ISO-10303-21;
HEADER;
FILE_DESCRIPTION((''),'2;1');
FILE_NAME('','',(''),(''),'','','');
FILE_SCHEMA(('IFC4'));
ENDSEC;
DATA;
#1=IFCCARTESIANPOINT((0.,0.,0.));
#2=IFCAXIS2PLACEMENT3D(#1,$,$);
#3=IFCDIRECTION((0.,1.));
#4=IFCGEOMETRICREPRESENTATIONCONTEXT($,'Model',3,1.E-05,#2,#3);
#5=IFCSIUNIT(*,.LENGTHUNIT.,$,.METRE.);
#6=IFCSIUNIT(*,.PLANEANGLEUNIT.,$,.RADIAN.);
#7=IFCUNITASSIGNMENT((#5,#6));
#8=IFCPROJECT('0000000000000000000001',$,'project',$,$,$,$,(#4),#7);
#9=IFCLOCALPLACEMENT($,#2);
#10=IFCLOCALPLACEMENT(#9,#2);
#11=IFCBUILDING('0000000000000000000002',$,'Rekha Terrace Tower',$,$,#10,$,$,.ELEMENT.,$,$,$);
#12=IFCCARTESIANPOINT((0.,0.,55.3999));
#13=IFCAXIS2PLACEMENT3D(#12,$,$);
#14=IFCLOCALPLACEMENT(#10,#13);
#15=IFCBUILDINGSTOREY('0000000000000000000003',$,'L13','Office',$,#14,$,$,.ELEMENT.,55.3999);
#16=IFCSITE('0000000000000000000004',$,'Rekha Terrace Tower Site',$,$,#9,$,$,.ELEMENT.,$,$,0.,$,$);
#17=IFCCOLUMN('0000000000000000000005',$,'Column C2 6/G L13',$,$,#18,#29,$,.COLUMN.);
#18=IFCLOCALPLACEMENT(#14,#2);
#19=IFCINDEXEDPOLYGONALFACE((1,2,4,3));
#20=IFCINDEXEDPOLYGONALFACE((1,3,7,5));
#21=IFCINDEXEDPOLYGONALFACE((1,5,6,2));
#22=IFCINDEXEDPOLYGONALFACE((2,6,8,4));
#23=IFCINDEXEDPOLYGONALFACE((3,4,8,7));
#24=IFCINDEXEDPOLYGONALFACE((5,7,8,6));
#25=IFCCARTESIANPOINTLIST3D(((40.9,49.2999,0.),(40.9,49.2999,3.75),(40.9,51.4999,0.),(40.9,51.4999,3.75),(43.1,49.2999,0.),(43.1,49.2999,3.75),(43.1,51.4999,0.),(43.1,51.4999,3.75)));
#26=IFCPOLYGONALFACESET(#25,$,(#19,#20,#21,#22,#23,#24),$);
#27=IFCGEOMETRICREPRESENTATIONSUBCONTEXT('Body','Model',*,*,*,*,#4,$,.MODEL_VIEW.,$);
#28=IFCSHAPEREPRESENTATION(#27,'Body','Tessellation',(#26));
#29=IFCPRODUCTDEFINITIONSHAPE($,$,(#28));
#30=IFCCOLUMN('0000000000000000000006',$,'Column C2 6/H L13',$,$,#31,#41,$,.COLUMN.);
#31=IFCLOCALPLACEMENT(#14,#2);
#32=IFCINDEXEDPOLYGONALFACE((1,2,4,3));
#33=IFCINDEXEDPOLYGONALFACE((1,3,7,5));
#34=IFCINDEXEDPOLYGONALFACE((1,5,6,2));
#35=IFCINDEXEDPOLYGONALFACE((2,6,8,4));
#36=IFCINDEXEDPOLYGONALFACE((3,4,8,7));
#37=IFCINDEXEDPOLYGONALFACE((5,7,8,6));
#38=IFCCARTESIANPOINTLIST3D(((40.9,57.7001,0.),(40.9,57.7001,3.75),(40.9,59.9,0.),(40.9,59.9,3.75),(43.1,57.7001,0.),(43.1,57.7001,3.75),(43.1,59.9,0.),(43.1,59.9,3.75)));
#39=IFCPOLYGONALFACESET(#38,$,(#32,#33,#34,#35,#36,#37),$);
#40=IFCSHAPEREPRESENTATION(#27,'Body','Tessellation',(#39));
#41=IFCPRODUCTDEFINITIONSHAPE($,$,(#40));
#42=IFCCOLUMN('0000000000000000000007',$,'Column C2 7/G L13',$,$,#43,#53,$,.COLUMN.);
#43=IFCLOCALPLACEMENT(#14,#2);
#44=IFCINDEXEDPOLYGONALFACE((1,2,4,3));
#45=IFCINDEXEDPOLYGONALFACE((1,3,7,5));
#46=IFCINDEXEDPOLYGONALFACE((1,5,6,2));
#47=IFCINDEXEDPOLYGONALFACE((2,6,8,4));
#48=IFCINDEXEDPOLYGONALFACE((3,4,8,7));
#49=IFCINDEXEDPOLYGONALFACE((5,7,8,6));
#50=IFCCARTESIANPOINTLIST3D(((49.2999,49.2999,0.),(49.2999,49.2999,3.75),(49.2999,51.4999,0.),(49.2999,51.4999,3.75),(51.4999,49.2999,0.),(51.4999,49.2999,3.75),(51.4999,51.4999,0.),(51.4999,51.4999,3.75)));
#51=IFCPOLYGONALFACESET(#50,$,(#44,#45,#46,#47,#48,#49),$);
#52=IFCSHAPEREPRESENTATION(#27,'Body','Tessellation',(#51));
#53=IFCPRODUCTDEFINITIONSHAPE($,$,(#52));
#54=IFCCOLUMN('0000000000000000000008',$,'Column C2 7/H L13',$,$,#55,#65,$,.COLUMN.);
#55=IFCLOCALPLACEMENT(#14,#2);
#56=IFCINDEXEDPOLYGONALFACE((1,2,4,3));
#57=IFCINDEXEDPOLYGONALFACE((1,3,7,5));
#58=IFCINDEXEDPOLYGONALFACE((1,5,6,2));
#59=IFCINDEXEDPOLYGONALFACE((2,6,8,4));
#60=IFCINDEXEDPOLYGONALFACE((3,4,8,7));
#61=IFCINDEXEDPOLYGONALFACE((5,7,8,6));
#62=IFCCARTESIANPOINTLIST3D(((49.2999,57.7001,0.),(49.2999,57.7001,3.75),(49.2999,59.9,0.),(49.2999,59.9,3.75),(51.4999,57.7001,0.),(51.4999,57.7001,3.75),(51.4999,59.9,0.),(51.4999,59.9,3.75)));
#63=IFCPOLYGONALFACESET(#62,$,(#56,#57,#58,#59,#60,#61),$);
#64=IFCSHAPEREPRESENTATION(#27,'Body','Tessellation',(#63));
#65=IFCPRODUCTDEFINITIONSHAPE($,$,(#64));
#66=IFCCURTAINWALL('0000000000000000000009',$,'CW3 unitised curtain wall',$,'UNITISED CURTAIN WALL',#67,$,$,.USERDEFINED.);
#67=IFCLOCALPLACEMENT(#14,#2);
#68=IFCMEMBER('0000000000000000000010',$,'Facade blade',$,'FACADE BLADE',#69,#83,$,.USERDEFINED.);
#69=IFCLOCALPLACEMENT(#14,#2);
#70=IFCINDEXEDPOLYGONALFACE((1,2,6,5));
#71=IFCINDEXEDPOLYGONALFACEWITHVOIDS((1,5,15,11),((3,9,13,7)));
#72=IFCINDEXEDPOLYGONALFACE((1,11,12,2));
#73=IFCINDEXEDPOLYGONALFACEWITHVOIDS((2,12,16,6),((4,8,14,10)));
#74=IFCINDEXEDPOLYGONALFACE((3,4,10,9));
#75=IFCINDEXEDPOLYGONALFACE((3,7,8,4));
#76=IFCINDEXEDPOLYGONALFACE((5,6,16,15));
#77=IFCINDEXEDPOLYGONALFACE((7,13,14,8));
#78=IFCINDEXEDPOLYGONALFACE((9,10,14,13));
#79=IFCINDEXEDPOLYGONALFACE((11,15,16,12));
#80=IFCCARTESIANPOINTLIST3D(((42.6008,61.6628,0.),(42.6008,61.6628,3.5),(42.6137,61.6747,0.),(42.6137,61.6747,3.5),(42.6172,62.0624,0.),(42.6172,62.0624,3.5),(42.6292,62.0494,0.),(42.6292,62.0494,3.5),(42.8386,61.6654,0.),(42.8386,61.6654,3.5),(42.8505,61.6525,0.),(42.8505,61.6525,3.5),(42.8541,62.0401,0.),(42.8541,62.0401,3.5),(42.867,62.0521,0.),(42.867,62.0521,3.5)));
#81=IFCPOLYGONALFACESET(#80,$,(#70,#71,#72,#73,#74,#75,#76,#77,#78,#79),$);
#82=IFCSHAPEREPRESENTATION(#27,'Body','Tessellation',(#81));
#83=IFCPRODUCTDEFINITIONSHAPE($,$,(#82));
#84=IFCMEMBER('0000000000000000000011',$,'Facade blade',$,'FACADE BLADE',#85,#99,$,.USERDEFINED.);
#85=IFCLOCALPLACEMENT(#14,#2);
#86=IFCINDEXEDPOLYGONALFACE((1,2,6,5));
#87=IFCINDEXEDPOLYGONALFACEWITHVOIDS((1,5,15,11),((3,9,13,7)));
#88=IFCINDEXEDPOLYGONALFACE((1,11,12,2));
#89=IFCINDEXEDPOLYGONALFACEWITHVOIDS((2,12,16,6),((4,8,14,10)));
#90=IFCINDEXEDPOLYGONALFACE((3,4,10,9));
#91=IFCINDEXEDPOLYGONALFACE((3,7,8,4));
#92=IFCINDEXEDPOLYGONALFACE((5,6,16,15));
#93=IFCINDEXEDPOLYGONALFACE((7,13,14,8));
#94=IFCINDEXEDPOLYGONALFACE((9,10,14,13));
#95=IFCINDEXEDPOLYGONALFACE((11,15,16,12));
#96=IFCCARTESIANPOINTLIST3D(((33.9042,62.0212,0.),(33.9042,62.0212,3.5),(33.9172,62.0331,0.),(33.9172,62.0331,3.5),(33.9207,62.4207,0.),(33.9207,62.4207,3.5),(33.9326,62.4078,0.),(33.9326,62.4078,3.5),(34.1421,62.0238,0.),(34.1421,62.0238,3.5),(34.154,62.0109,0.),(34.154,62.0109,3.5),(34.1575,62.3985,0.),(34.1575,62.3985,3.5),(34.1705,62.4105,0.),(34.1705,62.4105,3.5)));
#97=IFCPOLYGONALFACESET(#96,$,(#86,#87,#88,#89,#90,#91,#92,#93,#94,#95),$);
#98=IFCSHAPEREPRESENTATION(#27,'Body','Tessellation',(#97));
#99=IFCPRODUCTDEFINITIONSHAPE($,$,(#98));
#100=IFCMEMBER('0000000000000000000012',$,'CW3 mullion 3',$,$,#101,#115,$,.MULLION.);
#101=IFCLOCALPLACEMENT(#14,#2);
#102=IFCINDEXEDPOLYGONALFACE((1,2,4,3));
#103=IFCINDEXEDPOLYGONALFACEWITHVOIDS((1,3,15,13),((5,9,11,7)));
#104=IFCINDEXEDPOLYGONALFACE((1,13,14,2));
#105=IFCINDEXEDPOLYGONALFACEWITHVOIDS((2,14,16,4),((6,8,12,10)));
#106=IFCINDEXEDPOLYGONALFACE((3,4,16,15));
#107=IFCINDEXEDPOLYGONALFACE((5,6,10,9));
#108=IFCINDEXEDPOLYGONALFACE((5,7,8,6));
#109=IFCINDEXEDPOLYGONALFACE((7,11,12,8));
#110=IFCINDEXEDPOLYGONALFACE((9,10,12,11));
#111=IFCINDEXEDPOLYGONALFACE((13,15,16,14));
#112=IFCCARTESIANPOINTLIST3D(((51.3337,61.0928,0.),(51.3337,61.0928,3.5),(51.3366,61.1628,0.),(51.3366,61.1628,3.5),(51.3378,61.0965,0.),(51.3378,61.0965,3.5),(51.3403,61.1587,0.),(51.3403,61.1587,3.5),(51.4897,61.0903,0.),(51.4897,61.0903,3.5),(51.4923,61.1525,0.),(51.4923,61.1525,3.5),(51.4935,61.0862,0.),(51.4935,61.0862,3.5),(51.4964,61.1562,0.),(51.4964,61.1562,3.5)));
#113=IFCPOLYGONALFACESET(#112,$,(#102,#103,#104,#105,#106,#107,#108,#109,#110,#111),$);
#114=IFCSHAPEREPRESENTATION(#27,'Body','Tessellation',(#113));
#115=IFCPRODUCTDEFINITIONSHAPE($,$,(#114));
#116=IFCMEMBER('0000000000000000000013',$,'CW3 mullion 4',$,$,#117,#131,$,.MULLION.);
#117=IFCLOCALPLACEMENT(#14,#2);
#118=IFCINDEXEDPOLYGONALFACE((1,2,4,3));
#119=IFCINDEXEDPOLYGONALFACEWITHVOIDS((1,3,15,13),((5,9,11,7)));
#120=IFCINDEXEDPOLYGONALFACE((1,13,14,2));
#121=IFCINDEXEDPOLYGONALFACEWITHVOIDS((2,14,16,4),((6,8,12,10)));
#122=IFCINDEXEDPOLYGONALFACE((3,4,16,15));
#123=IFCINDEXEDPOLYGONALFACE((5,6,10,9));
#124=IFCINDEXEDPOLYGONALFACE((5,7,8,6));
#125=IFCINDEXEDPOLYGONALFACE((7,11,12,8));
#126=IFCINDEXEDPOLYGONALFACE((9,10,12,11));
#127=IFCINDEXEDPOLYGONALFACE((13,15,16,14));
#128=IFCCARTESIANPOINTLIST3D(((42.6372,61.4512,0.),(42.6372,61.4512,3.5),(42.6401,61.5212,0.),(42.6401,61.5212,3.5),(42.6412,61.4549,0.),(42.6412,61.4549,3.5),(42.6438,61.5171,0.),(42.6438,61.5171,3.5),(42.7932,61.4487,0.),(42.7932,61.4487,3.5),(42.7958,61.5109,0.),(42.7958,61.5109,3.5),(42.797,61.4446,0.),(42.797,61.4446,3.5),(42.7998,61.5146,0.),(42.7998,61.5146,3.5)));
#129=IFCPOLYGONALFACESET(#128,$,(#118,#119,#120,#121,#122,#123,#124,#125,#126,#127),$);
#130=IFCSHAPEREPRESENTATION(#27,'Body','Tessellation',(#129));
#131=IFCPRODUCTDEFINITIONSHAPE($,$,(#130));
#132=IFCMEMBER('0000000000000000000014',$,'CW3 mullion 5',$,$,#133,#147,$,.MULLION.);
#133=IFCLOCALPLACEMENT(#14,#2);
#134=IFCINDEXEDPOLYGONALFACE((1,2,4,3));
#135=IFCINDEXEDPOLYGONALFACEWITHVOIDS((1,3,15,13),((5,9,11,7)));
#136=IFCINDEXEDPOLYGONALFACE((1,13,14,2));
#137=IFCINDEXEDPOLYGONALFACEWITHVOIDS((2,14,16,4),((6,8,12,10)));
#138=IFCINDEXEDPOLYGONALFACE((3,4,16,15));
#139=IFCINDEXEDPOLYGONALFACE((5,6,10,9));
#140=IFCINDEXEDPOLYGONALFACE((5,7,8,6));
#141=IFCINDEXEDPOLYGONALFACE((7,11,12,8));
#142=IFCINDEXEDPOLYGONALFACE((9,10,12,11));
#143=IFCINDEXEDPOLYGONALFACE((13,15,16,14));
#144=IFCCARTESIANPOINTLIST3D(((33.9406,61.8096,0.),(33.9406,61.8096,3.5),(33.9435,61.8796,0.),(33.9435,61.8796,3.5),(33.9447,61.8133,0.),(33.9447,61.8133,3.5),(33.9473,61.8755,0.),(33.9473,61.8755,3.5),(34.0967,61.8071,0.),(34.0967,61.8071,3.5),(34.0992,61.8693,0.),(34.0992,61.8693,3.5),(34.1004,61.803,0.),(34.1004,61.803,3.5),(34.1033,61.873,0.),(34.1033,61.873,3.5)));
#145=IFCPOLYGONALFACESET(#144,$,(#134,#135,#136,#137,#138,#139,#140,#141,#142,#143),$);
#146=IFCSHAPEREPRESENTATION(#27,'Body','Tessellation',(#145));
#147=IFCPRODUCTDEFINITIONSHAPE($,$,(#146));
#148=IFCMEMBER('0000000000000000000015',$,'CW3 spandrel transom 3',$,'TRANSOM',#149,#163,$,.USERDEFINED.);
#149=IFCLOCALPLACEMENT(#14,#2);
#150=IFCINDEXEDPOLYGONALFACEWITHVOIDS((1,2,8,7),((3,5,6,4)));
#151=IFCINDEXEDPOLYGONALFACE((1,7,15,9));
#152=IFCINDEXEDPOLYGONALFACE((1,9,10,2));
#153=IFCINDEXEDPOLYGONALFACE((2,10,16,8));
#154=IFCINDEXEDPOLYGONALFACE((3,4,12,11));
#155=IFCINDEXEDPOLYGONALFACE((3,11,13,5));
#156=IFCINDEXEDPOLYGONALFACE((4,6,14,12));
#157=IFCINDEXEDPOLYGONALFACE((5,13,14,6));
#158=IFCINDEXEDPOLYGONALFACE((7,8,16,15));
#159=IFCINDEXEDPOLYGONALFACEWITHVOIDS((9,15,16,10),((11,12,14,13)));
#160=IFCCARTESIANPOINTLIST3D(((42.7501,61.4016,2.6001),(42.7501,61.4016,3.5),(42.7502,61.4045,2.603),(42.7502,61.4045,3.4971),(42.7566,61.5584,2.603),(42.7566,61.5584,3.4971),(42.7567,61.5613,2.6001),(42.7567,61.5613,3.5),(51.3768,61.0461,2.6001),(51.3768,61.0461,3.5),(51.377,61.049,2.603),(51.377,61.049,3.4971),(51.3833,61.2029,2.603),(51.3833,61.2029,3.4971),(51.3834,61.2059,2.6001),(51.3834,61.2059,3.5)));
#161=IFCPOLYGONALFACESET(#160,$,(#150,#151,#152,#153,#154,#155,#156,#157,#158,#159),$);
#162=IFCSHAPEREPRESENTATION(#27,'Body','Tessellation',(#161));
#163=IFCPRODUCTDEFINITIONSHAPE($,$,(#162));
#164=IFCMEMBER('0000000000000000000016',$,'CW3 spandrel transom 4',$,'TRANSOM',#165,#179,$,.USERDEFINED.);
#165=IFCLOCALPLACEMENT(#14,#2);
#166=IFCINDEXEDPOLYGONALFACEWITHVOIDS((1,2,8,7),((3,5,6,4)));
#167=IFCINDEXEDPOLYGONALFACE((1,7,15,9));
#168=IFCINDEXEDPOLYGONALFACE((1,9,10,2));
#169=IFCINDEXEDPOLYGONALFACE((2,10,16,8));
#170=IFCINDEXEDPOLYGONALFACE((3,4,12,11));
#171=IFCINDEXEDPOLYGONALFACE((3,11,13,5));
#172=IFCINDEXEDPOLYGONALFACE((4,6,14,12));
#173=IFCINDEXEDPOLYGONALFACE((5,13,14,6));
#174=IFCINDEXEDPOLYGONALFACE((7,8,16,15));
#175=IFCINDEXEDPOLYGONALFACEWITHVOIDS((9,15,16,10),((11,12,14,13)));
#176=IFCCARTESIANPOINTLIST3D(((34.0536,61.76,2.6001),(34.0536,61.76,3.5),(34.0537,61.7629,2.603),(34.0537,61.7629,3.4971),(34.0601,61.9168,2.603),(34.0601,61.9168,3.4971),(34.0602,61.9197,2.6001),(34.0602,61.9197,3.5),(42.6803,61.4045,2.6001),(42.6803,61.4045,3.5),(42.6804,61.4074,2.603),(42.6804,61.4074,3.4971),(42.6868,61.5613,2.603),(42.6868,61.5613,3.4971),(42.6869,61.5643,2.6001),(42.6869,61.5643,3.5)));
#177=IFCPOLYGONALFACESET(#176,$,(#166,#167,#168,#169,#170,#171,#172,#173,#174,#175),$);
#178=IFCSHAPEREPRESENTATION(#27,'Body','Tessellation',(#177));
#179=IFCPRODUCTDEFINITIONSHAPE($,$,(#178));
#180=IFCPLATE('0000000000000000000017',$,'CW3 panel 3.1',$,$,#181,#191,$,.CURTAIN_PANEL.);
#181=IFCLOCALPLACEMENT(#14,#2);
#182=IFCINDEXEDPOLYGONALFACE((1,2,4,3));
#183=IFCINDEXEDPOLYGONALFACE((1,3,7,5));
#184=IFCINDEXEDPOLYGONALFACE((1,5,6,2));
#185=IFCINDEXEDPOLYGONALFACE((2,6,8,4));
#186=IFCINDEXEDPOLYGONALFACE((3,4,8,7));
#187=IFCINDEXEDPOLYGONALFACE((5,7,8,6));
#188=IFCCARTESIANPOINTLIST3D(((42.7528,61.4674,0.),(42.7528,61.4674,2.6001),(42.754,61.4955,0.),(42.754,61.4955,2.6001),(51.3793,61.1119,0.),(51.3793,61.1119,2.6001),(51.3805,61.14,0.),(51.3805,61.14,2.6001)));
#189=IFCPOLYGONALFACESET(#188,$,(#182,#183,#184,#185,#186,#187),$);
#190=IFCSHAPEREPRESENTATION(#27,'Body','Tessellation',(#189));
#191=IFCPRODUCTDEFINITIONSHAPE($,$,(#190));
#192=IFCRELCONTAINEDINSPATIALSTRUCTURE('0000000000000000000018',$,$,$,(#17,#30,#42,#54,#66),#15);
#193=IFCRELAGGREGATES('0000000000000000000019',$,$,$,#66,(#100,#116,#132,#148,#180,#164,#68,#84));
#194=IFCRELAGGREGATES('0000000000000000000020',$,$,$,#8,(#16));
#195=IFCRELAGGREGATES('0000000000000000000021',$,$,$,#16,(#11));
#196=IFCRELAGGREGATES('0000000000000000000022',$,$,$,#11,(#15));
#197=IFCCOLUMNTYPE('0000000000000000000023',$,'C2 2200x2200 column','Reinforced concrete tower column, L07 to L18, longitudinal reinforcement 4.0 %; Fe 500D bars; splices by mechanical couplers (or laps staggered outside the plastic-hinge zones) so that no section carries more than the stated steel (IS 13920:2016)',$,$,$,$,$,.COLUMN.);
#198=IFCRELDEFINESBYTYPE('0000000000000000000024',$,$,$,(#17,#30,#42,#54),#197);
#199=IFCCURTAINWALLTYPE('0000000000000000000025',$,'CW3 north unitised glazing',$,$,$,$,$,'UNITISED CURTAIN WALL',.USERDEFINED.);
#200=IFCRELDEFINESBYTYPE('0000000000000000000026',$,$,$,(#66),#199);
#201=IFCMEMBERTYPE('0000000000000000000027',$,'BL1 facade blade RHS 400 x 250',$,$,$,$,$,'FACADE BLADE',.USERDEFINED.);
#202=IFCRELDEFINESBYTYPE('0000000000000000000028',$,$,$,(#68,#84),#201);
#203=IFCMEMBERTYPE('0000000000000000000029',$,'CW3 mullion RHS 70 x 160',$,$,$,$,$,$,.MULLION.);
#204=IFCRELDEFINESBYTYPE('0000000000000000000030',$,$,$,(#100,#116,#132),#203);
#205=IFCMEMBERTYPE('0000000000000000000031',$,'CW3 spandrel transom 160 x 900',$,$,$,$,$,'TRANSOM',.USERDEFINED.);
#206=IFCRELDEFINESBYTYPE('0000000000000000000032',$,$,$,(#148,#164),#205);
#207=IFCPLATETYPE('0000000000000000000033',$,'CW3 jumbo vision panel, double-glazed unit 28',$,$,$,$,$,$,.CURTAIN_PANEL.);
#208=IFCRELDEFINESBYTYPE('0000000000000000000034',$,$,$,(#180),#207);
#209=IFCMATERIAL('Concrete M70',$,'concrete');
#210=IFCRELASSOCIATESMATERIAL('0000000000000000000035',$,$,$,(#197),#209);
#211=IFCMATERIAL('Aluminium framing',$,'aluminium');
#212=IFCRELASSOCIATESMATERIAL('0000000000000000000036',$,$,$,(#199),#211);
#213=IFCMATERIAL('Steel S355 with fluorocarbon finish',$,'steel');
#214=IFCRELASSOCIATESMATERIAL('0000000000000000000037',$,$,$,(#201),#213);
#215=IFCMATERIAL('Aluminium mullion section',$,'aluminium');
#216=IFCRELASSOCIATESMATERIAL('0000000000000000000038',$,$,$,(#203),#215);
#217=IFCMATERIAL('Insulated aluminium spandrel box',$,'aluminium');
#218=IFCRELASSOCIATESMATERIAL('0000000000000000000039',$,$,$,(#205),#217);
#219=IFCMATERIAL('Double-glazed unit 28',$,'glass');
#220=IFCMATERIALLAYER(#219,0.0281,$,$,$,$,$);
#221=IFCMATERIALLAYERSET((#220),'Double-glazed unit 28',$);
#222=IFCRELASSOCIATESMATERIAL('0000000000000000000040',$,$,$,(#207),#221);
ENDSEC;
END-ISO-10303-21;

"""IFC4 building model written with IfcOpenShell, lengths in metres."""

from ifc_helpers import new_model, si_unit, direction, frame, origin, origin_2d, place, context, subcontext, project, spatial, rectangle, hollow_rectangle, extrude, material, layer, layer_set, material_profile, profile_set, type_object, element, aggregate, save


model = new_model("IFC4")

# Units and contexts
model_context = context("Model", 3, precision=1e-05, world=origin(), true_north=direction((0.0, 1.0)))
body_context = subcontext(model_context, "Body", "Model", "MODEL_VIEW")
ifc_project = project(units=[si_unit("LENGTHUNIT", "METRE"), si_unit("PLANEANGLEUNIT", "RADIAN")], contexts=[model_context])

# Site, building, storey
site_placement = place(None, origin())
site = spatial("IfcSite", under=ifc_project, at=site_placement, Name="Rekha Terrace Tower Site", CompositionType="ELEMENT", RefElevation=0.0)
building_placement = place(site_placement, origin())
building = spatial("IfcBuilding", under=site, at=building_placement, Name="Rekha Terrace Tower", CompositionType="ELEMENT")
storey_placement = place(building_placement, frame((0.0, 0.0, 55.3999)))
storey = spatial("IfcBuildingStorey", under=building, at=storey_placement, Name="L13", Description="Office", CompositionType="ELEMENT", Elevation=55.3999)

# Columns
ifc_material_1 = material(Name="Concrete M70", Category="concrete")
ifc_material_profile_1 = material_profile(ifc_material_1, rectangle(XDim=2.2, YDim=2.2, at=origin_2d()), Name="RC 2200x2200")
ifc_profile_set_1 = profile_set([ifc_material_profile_1], Name="Concrete M70")
column_type = type_object("IfcColumnType", Name="C2 2200x2200 column", Description="Reinforced concrete tower column, L07 to L18, longitudinal reinforcement 4.0 %; Fe 500D bars; splices by mechanical couplers (or laps staggered outside the plastic-hinge zones) so that no section carries more than the stated steel (IS 13920:2016)", PredefinedType="COLUMN", material=ifc_profile_set_1)
for number, where, z_axis, x_axis, name in (
    (1, (42.0, 50.3999, 0.0), (0.0, 0.0, 1.0), (1.0, 0.0, 0.0), "Column C2 6/G L13"),
    (2, (42.0, 58.8, 0.0), (0.0, 0.0, 1.0), (1.0, 0.0, 0.0), "Column C2 6/H L13"),
    (3, (50.3999, 50.3999, 0.0), (0.0, 0.0, 1.0), (1.0, 0.0, 0.0), "Column C2 7/G L13"),
    (4, (50.3999, 58.8, 0.0), (0.0, 0.0, 1.0), (1.0, 0.0, 0.0), "Column C2 7/H L13"),
):
    element("IfcColumn", number, at=place(storey_placement, frame(where, z_axis=z_axis, x_axis=x_axis)), inside=storey, type_object=column_type, Name=name, PredefinedType="COLUMN", context=body_context, shape_type="SweptSolid", body=[
        extrude(rectangle(XDim=2.2, YDim=2.2, at=origin_2d()), origin(), (0.0, 0.0, 1.0), 3.75),
    ])

# Curtain wall, members, plate
ifc_material_2 = material(Name="Aluminium framing", Category="aluminium")
curtain_wall_type = type_object("IfcCurtainWallType", Name="CW3 north unitised glazing", ElementType="UNITISED CURTAIN WALL", PredefinedType="USERDEFINED", material=ifc_material_2)
curtain_wall_placement = place(storey_placement, origin())
curtain_wall = element("IfcCurtainWall", 5, at=curtain_wall_placement, inside=storey, type_object=curtain_wall_type, Name="CW3 unitised curtain wall", ObjectType="UNITISED CURTAIN WALL", PredefinedType="USERDEFINED")
ifc_material_3 = material(Name="Steel S355 with fluorocarbon finish", Category="steel")
ifc_material_profile_2 = material_profile(ifc_material_3, hollow_rectangle(XDim=0.25, YDim=0.3999, WallThickness=0.0125, at=origin_2d()), Name="RHS400x250x12.5")
ifc_profile_set_2 = profile_set([ifc_material_profile_2], Name="Steel S355 with fluorocarbon finish")
member_type_1 = type_object("IfcMemberType", Name="BL1 facade blade RHS 400 x 250", ElementType="FACADE BLADE", PredefinedType="USERDEFINED", material=ifc_profile_set_2)
member_1_placement = place(storey_placement, frame((42.7339, 61.8574, 0.0), z_axis=(0.0, 0.0, 1.0), x_axis=(-0.999152, 0.041175, 0.0)))
member_1 = element("IfcMember", 6, at=member_1_placement, type_object=member_type_1, Name="Facade blade", ObjectType="FACADE BLADE", PredefinedType="USERDEFINED", context=body_context, shape_type="SweptSolid", body=[
    extrude(hollow_rectangle(XDim=0.25, YDim=0.3999, WallThickness=0.0125, at=origin_2d()), origin(), (0.0, 0.0, 1.0), 3.5),
])
member_2_placement = place(storey_placement, frame((34.0374, 62.2158, 0.0), z_axis=(0.0, 0.0, 1.0), x_axis=(-0.999152, 0.041175, 0.0)))
member_2 = element("IfcMember", 7, at=member_2_placement, type_object=member_type_1, Name="Facade blade", ObjectType="FACADE BLADE", PredefinedType="USERDEFINED", context=body_context, shape_type="SweptSolid", body=[
    extrude(hollow_rectangle(XDim=0.25, YDim=0.3999, WallThickness=0.0125, at=origin_2d()), origin(), (0.0, 0.0, 1.0), 3.5),
])
ifc_material_4 = material(Name="Aluminium mullion section", Category="aluminium")
ifc_material_profile_3 = material_profile(ifc_material_4, hollow_rectangle(XDim=0.0701, YDim=0.1599, WallThickness=0.0039, at=origin_2d()), Name="AL RHS 70x160")
ifc_profile_set_3 = profile_set([ifc_material_profile_3], Name="Aluminium mullion section")
member_type_2 = type_object("IfcMemberType", Name="CW3 mullion RHS 70 x 160", PredefinedType="MULLION", material=ifc_profile_set_3)
member_3_placement = place(storey_placement, frame((51.415, 61.1245, 0.0), z_axis=(0.0, 0.0, 1.0), x_axis=(-0.041174, -0.999152, 0.0)))
member_3 = element("IfcMember", 8, at=member_3_placement, type_object=member_type_2, Name="CW3 mullion 3", PredefinedType="MULLION", context=body_context, shape_type="SweptSolid", body=[
    extrude(hollow_rectangle(XDim=0.0701, YDim=0.1599, WallThickness=0.0039, at=origin_2d()), origin(), (0.0, 0.0, 1.0), 3.5),
])
member_4_placement = place(storey_placement, frame((42.7185, 61.4829, 0.0), z_axis=(0.0, 0.0, 1.0), x_axis=(-0.041174, -0.999152, 0.0)))
member_4 = element("IfcMember", 9, at=member_4_placement, type_object=member_type_2, Name="CW3 mullion 4", PredefinedType="MULLION", context=body_context, shape_type="SweptSolid", body=[
    extrude(hollow_rectangle(XDim=0.0701, YDim=0.1599, WallThickness=0.0039, at=origin_2d()), origin(), (0.0, 0.0, 1.0), 3.5),
])
member_5_placement = place(storey_placement, frame((34.022, 61.8413, 0.0), z_axis=(0.0, 0.0, 1.0), x_axis=(-0.041174, -0.999152, 0.0)))
member_5 = element("IfcMember", 10, at=member_5_placement, type_object=member_type_2, Name="CW3 mullion 5", PredefinedType="MULLION", context=body_context, shape_type="SweptSolid", body=[
    extrude(hollow_rectangle(XDim=0.0701, YDim=0.1599, WallThickness=0.0039, at=origin_2d()), origin(), (0.0, 0.0, 1.0), 3.5),
])
ifc_material_5 = material(Name="Insulated aluminium spandrel box", Category="aluminium")
ifc_material_profile_4 = material_profile(ifc_material_5, hollow_rectangle(XDim=0.1599, YDim=0.8999, WallThickness=0.0029, at=origin_2d()), Name="AL SPANDREL BOX 160x900")
ifc_profile_set_4 = profile_set([ifc_material_profile_4], Name="Insulated aluminium spandrel box")
member_type_3 = type_object("IfcMemberType", Name="CW3 spandrel transom 160 x 900", ElementType="TRANSOM", PredefinedType="USERDEFINED", material=ifc_profile_set_4)
member_6_placement = place(storey_placement, frame((51.3801, 61.126, 3.05), z_axis=(-0.999152, 0.041171, 0.0), x_axis=(-0.041171, -0.999152, 0.0)))
member_6 = element("IfcMember", 11, at=member_6_placement, type_object=member_type_3, Name="CW3 spandrel transom 3", ObjectType="TRANSOM", PredefinedType="USERDEFINED", context=body_context, shape_type="SweptSolid", body=[
    extrude(hollow_rectangle(XDim=0.1599, YDim=0.8999, WallThickness=0.0029, at=origin_2d()), origin(), (0.0, 0.0, 1.0), 8.634),
])
member_7_placement = place(storey_placement, frame((42.6836, 61.4844, 3.05), z_axis=(-0.999152, 0.041171, 0.0), x_axis=(-0.041171, -0.999152, 0.0)))
member_7 = element("IfcMember", 12, at=member_7_placement, type_object=member_type_3, Name="CW3 spandrel transom 4", ObjectType="TRANSOM", PredefinedType="USERDEFINED", context=body_context, shape_type="SweptSolid", body=[
    extrude(hollow_rectangle(XDim=0.1599, YDim=0.8999, WallThickness=0.0029, at=origin_2d()), origin(), (0.0, 0.0, 1.0), 8.634),
])
ifc_material_6 = material(Name="Double-glazed unit 28", Category="glass")
ifc_layer_1 = layer(ifc_material_6, 0.0281)
ifc_layer_set_1 = layer_set([ifc_layer_1], Name="Double-glazed unit 28")
plate_type = type_object("IfcPlateType", Name="CW3 jumbo vision panel, double-glazed unit 28", PredefinedType="CURTAIN_PANEL", material=ifc_layer_set_1)
plate_1_placement = place(storey_placement, frame((47.0667, 61.3037, 0.0), z_axis=(0.0, 0.0, 1.0), x_axis=(-0.999152, 0.041174, 0.0)))
plate_1 = element("IfcPlate", 13, at=plate_1_placement, type_object=plate_type, Name="CW3 panel 3.1", PredefinedType="CURTAIN_PANEL", context=body_context, shape_type="SweptSolid", body=[
    extrude(rectangle(XDim=8.6338, YDim=0.0281, at=origin_2d()), origin(), (0.0, 0.0, 1.0), 2.6001),
])
aggregate(curtain_wall, [member_3, member_4, member_5, member_6, plate_1, member_7, member_1, member_2])

save(model, "model.ifc")
